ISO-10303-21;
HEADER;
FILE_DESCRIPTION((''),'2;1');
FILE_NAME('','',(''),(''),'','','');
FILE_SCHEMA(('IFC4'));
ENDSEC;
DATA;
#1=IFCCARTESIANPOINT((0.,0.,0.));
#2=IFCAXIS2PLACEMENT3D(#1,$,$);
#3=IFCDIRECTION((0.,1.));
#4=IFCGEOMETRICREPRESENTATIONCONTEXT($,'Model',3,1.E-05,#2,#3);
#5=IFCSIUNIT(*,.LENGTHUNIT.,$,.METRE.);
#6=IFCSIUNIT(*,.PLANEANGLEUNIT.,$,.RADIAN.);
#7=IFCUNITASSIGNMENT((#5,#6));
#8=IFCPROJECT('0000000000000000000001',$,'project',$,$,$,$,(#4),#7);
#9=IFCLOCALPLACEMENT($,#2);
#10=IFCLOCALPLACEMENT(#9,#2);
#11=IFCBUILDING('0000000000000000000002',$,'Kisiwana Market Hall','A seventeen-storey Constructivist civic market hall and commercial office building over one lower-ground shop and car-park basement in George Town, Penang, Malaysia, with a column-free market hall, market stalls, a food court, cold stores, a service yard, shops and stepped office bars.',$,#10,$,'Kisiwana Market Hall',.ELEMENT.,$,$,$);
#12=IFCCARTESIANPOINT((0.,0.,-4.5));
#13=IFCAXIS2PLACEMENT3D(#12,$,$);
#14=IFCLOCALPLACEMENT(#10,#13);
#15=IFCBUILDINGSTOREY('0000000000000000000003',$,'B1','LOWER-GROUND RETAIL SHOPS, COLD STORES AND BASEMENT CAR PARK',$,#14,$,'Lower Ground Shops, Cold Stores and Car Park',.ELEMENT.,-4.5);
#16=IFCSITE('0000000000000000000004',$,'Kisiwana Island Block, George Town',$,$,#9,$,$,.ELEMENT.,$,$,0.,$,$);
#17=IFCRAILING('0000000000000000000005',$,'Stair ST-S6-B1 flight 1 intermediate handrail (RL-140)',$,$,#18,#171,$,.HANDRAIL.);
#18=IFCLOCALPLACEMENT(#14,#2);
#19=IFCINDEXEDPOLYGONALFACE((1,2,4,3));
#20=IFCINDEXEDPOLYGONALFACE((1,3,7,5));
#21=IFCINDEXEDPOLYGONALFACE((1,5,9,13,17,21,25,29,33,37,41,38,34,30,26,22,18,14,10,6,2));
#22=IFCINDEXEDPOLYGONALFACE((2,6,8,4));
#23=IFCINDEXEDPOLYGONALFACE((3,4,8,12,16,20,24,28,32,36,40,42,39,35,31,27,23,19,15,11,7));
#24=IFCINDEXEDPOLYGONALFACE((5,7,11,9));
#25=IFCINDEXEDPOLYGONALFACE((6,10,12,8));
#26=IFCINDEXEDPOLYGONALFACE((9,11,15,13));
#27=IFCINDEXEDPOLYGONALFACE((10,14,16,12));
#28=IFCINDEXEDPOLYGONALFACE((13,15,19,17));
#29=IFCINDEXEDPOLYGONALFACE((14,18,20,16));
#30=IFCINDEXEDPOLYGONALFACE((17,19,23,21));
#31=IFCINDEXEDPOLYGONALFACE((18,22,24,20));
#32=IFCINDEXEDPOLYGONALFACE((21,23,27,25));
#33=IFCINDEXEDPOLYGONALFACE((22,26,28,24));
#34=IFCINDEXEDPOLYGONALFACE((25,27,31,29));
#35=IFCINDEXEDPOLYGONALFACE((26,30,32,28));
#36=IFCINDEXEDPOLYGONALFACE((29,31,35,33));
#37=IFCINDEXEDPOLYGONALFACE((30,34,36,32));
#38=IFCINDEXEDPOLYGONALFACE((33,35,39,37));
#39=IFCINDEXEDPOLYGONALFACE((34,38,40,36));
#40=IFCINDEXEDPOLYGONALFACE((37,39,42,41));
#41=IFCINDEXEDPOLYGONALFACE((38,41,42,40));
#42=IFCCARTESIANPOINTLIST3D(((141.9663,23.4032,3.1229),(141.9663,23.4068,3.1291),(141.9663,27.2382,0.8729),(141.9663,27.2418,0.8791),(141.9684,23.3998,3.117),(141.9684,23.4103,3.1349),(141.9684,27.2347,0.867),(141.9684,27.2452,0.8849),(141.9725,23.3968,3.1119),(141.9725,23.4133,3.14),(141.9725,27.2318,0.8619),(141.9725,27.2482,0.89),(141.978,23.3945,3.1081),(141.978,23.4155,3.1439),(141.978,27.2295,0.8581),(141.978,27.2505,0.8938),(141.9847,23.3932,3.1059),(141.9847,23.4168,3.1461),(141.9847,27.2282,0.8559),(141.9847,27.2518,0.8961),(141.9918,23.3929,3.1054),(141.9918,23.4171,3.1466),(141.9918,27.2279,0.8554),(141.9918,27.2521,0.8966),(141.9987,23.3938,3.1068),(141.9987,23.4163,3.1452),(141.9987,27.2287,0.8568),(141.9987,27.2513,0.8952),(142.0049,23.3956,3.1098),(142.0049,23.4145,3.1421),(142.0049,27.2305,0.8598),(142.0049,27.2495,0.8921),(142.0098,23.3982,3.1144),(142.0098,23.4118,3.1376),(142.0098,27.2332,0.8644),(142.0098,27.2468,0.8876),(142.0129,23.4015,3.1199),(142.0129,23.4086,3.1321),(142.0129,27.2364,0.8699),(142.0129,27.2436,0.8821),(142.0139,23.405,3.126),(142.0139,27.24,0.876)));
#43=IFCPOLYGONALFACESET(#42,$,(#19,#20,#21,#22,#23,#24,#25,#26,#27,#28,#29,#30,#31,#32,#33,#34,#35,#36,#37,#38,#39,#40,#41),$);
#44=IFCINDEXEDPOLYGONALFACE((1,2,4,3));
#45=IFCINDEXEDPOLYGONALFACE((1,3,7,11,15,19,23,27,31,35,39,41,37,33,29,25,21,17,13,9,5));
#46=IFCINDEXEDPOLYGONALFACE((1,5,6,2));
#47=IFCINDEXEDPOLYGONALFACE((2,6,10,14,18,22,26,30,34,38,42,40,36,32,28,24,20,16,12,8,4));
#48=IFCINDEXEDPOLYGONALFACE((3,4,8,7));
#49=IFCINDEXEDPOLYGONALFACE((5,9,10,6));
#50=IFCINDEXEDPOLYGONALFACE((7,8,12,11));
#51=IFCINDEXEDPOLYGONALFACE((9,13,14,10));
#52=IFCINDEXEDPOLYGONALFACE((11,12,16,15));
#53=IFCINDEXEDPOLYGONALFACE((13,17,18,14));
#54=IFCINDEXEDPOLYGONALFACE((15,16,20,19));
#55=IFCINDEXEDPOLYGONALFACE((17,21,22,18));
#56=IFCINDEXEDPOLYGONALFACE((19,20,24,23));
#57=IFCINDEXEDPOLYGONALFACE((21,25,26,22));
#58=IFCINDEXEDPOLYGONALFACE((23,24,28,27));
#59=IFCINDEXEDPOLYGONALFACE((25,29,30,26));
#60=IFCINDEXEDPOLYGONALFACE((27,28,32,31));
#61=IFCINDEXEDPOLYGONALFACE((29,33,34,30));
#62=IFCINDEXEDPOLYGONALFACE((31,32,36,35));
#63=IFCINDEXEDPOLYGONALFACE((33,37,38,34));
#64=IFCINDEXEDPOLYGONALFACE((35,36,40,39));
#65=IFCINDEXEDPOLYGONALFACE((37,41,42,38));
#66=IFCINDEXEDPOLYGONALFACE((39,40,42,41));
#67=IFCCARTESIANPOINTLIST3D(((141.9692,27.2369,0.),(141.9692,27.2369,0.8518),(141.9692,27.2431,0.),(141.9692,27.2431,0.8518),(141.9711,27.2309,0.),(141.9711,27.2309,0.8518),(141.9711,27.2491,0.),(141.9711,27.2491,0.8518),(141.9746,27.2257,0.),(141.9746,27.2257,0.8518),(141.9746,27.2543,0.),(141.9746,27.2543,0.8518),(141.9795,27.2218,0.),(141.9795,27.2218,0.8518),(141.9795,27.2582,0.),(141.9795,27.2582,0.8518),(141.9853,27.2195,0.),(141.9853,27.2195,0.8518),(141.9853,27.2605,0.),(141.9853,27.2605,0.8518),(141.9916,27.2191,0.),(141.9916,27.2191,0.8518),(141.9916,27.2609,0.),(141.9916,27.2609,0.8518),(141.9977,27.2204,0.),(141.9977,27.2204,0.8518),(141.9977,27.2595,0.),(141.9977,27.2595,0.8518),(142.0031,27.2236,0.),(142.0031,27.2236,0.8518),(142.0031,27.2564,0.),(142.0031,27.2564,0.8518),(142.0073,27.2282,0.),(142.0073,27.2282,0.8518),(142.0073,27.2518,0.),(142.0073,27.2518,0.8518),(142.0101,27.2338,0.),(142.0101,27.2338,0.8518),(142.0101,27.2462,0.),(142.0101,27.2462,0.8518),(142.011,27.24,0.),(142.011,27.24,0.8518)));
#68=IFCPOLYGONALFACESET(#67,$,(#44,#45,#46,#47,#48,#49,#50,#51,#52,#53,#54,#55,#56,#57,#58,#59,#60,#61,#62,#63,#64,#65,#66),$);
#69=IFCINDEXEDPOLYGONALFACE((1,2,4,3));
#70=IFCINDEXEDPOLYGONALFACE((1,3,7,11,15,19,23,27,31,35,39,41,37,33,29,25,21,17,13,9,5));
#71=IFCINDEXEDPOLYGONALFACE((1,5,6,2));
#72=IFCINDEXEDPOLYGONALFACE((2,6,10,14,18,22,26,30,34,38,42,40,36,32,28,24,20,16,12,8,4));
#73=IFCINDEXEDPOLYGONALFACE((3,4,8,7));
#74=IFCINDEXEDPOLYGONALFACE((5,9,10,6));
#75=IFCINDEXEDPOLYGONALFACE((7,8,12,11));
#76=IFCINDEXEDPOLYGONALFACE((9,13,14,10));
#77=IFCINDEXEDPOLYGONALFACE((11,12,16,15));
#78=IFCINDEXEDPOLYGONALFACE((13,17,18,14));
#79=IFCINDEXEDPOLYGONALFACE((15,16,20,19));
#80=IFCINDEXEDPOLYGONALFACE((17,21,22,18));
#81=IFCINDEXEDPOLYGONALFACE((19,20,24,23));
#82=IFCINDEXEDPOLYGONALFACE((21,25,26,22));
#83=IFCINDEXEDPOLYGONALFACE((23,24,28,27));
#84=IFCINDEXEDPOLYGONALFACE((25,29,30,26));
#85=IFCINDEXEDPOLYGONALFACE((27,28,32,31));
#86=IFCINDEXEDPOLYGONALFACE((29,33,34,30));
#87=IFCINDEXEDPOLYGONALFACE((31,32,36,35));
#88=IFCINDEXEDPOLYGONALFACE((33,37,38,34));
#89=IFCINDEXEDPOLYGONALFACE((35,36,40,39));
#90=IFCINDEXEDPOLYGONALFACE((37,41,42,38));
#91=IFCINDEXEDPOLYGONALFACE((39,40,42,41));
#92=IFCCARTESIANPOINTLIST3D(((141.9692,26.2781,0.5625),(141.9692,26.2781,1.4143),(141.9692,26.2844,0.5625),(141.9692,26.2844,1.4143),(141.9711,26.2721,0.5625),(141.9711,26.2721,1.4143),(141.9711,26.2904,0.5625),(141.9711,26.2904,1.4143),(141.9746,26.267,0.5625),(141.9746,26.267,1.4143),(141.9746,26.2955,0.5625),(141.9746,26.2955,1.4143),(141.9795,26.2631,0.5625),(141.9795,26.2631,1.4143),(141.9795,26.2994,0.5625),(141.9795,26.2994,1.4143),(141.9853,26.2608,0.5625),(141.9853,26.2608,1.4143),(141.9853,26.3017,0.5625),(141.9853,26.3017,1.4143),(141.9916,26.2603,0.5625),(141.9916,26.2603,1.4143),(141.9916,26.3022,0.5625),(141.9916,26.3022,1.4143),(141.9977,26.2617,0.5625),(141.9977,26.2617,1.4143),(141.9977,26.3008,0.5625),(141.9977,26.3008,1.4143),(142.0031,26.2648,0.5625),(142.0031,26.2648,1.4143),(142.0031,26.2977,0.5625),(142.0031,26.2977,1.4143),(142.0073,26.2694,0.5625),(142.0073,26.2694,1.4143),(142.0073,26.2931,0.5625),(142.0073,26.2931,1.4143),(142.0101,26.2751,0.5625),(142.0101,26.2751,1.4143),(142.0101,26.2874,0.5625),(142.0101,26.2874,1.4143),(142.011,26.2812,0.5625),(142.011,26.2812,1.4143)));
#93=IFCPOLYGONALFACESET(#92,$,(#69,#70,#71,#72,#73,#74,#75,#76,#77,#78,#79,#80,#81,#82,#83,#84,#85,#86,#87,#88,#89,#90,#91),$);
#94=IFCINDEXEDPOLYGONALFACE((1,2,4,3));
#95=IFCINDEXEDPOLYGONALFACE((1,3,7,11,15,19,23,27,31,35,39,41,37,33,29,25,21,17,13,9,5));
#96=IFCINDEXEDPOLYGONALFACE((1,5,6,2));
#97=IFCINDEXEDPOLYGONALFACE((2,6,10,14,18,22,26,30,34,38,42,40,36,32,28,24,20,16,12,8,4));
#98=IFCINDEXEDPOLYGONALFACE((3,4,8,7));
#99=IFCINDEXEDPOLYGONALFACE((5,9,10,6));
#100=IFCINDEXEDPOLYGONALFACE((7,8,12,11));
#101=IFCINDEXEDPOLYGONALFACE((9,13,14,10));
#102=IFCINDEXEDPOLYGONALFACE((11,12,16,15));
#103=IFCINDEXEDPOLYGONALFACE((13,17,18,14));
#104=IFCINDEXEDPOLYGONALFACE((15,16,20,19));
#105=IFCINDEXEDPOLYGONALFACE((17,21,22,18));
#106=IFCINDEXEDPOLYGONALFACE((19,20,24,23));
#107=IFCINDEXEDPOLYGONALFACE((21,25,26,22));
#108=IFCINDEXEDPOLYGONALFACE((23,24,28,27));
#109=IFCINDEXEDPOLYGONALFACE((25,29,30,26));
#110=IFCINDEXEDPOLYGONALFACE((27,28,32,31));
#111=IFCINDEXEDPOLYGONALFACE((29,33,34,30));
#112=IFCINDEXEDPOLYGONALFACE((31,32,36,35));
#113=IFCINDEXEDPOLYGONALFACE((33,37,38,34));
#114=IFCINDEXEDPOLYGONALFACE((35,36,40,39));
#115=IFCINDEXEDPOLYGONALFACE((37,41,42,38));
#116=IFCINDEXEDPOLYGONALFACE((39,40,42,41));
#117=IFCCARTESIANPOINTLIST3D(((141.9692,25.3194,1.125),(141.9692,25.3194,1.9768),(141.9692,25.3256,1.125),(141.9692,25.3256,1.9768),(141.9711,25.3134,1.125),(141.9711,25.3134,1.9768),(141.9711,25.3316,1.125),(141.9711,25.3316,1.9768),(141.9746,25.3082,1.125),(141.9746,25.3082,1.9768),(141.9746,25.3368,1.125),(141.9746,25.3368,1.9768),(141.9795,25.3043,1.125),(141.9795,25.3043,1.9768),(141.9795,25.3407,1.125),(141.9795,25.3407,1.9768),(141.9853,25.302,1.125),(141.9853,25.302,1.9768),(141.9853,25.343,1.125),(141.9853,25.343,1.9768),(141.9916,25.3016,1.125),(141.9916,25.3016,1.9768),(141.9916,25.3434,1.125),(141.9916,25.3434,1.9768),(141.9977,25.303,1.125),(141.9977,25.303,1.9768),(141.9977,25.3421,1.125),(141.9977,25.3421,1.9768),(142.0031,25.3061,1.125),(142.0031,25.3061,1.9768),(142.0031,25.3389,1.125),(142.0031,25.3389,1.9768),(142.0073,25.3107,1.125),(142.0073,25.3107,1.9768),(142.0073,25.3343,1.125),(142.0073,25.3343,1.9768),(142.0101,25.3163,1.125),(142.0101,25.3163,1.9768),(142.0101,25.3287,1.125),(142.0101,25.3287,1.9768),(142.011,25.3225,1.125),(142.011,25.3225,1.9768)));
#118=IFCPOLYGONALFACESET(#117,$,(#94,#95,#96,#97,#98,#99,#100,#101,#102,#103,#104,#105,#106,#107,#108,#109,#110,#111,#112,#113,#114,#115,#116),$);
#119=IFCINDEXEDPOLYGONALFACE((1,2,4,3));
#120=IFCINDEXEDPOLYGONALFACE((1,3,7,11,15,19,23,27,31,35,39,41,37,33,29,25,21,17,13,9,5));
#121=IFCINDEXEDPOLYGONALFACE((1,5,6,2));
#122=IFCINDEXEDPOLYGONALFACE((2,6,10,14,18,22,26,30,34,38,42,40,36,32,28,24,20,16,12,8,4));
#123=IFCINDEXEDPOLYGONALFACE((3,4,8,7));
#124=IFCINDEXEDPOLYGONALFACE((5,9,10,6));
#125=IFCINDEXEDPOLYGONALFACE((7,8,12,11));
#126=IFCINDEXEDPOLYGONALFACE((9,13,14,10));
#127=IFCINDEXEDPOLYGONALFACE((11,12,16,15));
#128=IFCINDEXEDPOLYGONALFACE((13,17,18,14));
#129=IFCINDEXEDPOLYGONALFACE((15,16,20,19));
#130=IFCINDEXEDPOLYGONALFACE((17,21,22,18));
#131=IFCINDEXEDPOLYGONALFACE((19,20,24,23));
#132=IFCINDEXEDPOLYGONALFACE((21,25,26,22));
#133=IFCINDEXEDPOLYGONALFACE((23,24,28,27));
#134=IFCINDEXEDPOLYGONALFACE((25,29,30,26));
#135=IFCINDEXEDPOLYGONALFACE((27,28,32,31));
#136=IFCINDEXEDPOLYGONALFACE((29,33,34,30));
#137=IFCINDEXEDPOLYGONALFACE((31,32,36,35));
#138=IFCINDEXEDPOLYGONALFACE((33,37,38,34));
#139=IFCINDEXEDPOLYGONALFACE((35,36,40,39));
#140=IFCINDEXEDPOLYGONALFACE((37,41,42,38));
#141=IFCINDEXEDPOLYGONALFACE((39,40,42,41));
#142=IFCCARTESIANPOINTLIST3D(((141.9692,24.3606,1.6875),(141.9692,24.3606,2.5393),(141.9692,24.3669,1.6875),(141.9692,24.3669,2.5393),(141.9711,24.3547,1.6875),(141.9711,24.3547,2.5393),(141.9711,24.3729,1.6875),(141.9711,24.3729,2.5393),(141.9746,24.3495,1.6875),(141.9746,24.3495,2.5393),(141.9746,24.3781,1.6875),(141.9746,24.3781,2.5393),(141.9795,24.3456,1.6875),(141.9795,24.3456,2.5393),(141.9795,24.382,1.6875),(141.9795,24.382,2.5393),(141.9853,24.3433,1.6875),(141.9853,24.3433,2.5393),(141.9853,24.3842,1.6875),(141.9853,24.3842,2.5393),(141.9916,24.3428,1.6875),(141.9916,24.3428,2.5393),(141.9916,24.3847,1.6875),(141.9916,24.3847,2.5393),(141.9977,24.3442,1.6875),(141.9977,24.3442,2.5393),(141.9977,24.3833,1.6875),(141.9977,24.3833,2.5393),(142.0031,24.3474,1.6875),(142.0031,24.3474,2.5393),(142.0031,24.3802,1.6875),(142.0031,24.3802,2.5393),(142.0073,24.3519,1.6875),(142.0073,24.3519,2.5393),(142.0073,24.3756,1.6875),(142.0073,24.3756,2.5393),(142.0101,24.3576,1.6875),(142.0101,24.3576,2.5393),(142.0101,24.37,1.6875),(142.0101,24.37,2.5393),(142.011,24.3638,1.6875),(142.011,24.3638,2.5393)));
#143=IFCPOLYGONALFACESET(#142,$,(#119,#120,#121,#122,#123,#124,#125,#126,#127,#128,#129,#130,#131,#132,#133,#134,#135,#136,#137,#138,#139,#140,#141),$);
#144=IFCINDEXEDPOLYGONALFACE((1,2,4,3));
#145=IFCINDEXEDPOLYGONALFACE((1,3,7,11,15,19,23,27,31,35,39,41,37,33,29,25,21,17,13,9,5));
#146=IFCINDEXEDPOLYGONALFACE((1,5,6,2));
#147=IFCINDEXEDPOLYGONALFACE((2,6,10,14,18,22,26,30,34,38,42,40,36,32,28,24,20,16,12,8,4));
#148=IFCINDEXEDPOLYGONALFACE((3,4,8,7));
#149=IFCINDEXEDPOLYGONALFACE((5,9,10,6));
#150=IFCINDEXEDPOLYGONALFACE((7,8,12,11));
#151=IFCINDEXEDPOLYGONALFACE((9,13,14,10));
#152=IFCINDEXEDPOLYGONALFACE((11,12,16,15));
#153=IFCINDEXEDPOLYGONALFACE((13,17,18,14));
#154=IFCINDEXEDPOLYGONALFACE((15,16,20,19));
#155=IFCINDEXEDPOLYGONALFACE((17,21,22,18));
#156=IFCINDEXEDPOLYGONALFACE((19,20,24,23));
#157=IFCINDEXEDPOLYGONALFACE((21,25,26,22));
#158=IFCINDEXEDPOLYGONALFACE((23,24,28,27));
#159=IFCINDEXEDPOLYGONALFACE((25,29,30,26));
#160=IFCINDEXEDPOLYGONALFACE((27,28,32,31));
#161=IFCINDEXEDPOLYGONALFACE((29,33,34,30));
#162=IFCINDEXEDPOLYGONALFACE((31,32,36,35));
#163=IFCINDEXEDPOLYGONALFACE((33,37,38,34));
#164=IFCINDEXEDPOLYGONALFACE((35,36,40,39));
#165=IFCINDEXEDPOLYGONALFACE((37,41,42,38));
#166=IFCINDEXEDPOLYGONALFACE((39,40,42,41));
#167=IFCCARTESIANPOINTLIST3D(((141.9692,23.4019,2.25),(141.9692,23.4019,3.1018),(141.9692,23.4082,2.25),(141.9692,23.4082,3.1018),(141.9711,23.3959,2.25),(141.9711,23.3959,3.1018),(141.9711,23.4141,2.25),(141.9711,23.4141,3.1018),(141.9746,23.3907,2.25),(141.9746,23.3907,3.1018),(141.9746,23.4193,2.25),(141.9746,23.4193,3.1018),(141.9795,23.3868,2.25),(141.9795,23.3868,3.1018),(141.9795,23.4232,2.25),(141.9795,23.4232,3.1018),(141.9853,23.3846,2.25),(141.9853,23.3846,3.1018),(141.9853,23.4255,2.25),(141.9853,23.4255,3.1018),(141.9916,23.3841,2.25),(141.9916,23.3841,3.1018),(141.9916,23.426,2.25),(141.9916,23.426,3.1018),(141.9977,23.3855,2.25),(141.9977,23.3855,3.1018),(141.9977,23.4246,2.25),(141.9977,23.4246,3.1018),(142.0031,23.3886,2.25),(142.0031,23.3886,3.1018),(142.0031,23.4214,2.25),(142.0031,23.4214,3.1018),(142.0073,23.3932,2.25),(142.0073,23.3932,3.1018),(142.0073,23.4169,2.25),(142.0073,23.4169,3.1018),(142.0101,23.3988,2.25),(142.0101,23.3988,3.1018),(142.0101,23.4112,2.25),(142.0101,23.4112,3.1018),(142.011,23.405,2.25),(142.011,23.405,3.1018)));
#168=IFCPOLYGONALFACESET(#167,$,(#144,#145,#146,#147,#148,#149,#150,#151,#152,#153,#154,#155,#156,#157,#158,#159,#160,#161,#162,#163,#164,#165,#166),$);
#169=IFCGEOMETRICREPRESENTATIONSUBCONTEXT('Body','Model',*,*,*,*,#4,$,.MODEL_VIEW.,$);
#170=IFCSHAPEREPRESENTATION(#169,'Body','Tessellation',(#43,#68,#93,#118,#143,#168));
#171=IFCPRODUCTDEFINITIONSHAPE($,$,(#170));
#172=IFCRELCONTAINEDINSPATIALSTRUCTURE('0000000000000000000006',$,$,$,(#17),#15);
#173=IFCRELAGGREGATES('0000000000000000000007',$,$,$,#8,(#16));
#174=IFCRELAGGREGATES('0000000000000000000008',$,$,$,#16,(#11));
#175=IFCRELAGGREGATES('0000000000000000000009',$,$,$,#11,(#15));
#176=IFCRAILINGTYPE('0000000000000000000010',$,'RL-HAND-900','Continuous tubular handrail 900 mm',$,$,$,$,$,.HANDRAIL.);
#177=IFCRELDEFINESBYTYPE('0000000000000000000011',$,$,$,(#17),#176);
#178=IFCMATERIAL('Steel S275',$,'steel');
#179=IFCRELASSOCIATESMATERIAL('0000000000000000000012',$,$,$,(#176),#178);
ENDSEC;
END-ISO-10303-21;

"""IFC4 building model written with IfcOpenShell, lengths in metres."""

from ifc_helpers import new_model, si_unit, direction, frame, origin, origin_2d, place, context, subcontext, project, spatial, circle, extrude, material, type_object, element, save


model = new_model("IFC4")

# Units and contexts
model_context = context("Model", 3, precision=1e-05, world=origin(), true_north=direction((0.0, 1.0)))
body_context = subcontext(model_context, "Body", "Model", "MODEL_VIEW")
ifc_project = project(units=[si_unit("LENGTHUNIT", "METRE"), si_unit("PLANEANGLEUNIT", "RADIAN")], contexts=[model_context])

# Site, building, storey
site_placement = place(None, origin())
site = spatial("IfcSite", under=ifc_project, at=site_placement, Name="Kisiwana Island Block, George Town", CompositionType="ELEMENT", RefElevation=0.0)
building_placement = place(site_placement, origin())
building = spatial("IfcBuilding", under=site, at=building_placement, Name="Kisiwana Market Hall", Description="A seventeen-storey Constructivist civic market hall and commercial office building over one lower-ground shop and car-park basement in George Town, Penang, Malaysia, with a column-free market hall, market stalls, a food court, cold stores, a service yard, shops and stepped office bars.", LongName="Kisiwana Market Hall", CompositionType="ELEMENT")
storey_placement = place(building_placement, frame((0.0, 0.0, -4.5)))
storey = spatial("IfcBuildingStorey", under=building, at=storey_placement, Name="B1", Description="LOWER-GROUND RETAIL SHOPS, COLD STORES AND BASEMENT CAR PARK", LongName="Lower Ground Shops, Cold Stores and Car Park", CompositionType="ELEMENT", Elevation=-4.5)

# Railing
ifc_material_1 = material(Name="Steel S275", Category="steel")
railing_type_1 = type_object("IfcRailingType", Name="RL-HAND-900", Description="Continuous tubular handrail 900 mm", PredefinedType="HANDRAIL", material=ifc_material_1)
railing_1_placement = place(storey_placement, frame((141.99, 27.24, 0.0)))
element("IfcRailing", 1, at=railing_1_placement, inside=storey, type_object=railing_type_1, Name="Stair ST-S6-B1 flight 1 intermediate handrail (RL-140)", PredefinedType="HANDRAIL", context=body_context, shape_type="SweptSolid", body=[
    extrude(circle(Radius=0.0239, at=origin_2d()), frame((0.0, 0.0, 0.876), z_axis=(0.0, -0.86251, 0.506041), x_axis=(1.0, 0.0, 0.0)), (0.0, 0.0, 1.0), 4.4463),
    extrude(circle(Radius=0.021, at=origin_2d()), origin(), (0.0, 0.0, 1.0), 0.8518),
    extrude(circle(Radius=0.021, at=origin_2d()), frame((0.0, -0.9587, 0.5625)), (0.0, 0.0, 1.0), 0.8518),
    extrude(circle(Radius=0.021, at=origin_2d()), frame((0.0, -1.9175, 1.125)), (0.0, 0.0, 1.0), 0.8518),
    extrude(circle(Radius=0.021, at=origin_2d()), frame((0.0, -2.8762, 1.6875)), (0.0, 0.0, 1.0), 0.8518),
    extrude(circle(Radius=0.021, at=origin_2d()), frame((0.0, -3.835, 2.25)), (0.0, 0.0, 1.0), 0.8518),
])

save(model, "model.ifc")
